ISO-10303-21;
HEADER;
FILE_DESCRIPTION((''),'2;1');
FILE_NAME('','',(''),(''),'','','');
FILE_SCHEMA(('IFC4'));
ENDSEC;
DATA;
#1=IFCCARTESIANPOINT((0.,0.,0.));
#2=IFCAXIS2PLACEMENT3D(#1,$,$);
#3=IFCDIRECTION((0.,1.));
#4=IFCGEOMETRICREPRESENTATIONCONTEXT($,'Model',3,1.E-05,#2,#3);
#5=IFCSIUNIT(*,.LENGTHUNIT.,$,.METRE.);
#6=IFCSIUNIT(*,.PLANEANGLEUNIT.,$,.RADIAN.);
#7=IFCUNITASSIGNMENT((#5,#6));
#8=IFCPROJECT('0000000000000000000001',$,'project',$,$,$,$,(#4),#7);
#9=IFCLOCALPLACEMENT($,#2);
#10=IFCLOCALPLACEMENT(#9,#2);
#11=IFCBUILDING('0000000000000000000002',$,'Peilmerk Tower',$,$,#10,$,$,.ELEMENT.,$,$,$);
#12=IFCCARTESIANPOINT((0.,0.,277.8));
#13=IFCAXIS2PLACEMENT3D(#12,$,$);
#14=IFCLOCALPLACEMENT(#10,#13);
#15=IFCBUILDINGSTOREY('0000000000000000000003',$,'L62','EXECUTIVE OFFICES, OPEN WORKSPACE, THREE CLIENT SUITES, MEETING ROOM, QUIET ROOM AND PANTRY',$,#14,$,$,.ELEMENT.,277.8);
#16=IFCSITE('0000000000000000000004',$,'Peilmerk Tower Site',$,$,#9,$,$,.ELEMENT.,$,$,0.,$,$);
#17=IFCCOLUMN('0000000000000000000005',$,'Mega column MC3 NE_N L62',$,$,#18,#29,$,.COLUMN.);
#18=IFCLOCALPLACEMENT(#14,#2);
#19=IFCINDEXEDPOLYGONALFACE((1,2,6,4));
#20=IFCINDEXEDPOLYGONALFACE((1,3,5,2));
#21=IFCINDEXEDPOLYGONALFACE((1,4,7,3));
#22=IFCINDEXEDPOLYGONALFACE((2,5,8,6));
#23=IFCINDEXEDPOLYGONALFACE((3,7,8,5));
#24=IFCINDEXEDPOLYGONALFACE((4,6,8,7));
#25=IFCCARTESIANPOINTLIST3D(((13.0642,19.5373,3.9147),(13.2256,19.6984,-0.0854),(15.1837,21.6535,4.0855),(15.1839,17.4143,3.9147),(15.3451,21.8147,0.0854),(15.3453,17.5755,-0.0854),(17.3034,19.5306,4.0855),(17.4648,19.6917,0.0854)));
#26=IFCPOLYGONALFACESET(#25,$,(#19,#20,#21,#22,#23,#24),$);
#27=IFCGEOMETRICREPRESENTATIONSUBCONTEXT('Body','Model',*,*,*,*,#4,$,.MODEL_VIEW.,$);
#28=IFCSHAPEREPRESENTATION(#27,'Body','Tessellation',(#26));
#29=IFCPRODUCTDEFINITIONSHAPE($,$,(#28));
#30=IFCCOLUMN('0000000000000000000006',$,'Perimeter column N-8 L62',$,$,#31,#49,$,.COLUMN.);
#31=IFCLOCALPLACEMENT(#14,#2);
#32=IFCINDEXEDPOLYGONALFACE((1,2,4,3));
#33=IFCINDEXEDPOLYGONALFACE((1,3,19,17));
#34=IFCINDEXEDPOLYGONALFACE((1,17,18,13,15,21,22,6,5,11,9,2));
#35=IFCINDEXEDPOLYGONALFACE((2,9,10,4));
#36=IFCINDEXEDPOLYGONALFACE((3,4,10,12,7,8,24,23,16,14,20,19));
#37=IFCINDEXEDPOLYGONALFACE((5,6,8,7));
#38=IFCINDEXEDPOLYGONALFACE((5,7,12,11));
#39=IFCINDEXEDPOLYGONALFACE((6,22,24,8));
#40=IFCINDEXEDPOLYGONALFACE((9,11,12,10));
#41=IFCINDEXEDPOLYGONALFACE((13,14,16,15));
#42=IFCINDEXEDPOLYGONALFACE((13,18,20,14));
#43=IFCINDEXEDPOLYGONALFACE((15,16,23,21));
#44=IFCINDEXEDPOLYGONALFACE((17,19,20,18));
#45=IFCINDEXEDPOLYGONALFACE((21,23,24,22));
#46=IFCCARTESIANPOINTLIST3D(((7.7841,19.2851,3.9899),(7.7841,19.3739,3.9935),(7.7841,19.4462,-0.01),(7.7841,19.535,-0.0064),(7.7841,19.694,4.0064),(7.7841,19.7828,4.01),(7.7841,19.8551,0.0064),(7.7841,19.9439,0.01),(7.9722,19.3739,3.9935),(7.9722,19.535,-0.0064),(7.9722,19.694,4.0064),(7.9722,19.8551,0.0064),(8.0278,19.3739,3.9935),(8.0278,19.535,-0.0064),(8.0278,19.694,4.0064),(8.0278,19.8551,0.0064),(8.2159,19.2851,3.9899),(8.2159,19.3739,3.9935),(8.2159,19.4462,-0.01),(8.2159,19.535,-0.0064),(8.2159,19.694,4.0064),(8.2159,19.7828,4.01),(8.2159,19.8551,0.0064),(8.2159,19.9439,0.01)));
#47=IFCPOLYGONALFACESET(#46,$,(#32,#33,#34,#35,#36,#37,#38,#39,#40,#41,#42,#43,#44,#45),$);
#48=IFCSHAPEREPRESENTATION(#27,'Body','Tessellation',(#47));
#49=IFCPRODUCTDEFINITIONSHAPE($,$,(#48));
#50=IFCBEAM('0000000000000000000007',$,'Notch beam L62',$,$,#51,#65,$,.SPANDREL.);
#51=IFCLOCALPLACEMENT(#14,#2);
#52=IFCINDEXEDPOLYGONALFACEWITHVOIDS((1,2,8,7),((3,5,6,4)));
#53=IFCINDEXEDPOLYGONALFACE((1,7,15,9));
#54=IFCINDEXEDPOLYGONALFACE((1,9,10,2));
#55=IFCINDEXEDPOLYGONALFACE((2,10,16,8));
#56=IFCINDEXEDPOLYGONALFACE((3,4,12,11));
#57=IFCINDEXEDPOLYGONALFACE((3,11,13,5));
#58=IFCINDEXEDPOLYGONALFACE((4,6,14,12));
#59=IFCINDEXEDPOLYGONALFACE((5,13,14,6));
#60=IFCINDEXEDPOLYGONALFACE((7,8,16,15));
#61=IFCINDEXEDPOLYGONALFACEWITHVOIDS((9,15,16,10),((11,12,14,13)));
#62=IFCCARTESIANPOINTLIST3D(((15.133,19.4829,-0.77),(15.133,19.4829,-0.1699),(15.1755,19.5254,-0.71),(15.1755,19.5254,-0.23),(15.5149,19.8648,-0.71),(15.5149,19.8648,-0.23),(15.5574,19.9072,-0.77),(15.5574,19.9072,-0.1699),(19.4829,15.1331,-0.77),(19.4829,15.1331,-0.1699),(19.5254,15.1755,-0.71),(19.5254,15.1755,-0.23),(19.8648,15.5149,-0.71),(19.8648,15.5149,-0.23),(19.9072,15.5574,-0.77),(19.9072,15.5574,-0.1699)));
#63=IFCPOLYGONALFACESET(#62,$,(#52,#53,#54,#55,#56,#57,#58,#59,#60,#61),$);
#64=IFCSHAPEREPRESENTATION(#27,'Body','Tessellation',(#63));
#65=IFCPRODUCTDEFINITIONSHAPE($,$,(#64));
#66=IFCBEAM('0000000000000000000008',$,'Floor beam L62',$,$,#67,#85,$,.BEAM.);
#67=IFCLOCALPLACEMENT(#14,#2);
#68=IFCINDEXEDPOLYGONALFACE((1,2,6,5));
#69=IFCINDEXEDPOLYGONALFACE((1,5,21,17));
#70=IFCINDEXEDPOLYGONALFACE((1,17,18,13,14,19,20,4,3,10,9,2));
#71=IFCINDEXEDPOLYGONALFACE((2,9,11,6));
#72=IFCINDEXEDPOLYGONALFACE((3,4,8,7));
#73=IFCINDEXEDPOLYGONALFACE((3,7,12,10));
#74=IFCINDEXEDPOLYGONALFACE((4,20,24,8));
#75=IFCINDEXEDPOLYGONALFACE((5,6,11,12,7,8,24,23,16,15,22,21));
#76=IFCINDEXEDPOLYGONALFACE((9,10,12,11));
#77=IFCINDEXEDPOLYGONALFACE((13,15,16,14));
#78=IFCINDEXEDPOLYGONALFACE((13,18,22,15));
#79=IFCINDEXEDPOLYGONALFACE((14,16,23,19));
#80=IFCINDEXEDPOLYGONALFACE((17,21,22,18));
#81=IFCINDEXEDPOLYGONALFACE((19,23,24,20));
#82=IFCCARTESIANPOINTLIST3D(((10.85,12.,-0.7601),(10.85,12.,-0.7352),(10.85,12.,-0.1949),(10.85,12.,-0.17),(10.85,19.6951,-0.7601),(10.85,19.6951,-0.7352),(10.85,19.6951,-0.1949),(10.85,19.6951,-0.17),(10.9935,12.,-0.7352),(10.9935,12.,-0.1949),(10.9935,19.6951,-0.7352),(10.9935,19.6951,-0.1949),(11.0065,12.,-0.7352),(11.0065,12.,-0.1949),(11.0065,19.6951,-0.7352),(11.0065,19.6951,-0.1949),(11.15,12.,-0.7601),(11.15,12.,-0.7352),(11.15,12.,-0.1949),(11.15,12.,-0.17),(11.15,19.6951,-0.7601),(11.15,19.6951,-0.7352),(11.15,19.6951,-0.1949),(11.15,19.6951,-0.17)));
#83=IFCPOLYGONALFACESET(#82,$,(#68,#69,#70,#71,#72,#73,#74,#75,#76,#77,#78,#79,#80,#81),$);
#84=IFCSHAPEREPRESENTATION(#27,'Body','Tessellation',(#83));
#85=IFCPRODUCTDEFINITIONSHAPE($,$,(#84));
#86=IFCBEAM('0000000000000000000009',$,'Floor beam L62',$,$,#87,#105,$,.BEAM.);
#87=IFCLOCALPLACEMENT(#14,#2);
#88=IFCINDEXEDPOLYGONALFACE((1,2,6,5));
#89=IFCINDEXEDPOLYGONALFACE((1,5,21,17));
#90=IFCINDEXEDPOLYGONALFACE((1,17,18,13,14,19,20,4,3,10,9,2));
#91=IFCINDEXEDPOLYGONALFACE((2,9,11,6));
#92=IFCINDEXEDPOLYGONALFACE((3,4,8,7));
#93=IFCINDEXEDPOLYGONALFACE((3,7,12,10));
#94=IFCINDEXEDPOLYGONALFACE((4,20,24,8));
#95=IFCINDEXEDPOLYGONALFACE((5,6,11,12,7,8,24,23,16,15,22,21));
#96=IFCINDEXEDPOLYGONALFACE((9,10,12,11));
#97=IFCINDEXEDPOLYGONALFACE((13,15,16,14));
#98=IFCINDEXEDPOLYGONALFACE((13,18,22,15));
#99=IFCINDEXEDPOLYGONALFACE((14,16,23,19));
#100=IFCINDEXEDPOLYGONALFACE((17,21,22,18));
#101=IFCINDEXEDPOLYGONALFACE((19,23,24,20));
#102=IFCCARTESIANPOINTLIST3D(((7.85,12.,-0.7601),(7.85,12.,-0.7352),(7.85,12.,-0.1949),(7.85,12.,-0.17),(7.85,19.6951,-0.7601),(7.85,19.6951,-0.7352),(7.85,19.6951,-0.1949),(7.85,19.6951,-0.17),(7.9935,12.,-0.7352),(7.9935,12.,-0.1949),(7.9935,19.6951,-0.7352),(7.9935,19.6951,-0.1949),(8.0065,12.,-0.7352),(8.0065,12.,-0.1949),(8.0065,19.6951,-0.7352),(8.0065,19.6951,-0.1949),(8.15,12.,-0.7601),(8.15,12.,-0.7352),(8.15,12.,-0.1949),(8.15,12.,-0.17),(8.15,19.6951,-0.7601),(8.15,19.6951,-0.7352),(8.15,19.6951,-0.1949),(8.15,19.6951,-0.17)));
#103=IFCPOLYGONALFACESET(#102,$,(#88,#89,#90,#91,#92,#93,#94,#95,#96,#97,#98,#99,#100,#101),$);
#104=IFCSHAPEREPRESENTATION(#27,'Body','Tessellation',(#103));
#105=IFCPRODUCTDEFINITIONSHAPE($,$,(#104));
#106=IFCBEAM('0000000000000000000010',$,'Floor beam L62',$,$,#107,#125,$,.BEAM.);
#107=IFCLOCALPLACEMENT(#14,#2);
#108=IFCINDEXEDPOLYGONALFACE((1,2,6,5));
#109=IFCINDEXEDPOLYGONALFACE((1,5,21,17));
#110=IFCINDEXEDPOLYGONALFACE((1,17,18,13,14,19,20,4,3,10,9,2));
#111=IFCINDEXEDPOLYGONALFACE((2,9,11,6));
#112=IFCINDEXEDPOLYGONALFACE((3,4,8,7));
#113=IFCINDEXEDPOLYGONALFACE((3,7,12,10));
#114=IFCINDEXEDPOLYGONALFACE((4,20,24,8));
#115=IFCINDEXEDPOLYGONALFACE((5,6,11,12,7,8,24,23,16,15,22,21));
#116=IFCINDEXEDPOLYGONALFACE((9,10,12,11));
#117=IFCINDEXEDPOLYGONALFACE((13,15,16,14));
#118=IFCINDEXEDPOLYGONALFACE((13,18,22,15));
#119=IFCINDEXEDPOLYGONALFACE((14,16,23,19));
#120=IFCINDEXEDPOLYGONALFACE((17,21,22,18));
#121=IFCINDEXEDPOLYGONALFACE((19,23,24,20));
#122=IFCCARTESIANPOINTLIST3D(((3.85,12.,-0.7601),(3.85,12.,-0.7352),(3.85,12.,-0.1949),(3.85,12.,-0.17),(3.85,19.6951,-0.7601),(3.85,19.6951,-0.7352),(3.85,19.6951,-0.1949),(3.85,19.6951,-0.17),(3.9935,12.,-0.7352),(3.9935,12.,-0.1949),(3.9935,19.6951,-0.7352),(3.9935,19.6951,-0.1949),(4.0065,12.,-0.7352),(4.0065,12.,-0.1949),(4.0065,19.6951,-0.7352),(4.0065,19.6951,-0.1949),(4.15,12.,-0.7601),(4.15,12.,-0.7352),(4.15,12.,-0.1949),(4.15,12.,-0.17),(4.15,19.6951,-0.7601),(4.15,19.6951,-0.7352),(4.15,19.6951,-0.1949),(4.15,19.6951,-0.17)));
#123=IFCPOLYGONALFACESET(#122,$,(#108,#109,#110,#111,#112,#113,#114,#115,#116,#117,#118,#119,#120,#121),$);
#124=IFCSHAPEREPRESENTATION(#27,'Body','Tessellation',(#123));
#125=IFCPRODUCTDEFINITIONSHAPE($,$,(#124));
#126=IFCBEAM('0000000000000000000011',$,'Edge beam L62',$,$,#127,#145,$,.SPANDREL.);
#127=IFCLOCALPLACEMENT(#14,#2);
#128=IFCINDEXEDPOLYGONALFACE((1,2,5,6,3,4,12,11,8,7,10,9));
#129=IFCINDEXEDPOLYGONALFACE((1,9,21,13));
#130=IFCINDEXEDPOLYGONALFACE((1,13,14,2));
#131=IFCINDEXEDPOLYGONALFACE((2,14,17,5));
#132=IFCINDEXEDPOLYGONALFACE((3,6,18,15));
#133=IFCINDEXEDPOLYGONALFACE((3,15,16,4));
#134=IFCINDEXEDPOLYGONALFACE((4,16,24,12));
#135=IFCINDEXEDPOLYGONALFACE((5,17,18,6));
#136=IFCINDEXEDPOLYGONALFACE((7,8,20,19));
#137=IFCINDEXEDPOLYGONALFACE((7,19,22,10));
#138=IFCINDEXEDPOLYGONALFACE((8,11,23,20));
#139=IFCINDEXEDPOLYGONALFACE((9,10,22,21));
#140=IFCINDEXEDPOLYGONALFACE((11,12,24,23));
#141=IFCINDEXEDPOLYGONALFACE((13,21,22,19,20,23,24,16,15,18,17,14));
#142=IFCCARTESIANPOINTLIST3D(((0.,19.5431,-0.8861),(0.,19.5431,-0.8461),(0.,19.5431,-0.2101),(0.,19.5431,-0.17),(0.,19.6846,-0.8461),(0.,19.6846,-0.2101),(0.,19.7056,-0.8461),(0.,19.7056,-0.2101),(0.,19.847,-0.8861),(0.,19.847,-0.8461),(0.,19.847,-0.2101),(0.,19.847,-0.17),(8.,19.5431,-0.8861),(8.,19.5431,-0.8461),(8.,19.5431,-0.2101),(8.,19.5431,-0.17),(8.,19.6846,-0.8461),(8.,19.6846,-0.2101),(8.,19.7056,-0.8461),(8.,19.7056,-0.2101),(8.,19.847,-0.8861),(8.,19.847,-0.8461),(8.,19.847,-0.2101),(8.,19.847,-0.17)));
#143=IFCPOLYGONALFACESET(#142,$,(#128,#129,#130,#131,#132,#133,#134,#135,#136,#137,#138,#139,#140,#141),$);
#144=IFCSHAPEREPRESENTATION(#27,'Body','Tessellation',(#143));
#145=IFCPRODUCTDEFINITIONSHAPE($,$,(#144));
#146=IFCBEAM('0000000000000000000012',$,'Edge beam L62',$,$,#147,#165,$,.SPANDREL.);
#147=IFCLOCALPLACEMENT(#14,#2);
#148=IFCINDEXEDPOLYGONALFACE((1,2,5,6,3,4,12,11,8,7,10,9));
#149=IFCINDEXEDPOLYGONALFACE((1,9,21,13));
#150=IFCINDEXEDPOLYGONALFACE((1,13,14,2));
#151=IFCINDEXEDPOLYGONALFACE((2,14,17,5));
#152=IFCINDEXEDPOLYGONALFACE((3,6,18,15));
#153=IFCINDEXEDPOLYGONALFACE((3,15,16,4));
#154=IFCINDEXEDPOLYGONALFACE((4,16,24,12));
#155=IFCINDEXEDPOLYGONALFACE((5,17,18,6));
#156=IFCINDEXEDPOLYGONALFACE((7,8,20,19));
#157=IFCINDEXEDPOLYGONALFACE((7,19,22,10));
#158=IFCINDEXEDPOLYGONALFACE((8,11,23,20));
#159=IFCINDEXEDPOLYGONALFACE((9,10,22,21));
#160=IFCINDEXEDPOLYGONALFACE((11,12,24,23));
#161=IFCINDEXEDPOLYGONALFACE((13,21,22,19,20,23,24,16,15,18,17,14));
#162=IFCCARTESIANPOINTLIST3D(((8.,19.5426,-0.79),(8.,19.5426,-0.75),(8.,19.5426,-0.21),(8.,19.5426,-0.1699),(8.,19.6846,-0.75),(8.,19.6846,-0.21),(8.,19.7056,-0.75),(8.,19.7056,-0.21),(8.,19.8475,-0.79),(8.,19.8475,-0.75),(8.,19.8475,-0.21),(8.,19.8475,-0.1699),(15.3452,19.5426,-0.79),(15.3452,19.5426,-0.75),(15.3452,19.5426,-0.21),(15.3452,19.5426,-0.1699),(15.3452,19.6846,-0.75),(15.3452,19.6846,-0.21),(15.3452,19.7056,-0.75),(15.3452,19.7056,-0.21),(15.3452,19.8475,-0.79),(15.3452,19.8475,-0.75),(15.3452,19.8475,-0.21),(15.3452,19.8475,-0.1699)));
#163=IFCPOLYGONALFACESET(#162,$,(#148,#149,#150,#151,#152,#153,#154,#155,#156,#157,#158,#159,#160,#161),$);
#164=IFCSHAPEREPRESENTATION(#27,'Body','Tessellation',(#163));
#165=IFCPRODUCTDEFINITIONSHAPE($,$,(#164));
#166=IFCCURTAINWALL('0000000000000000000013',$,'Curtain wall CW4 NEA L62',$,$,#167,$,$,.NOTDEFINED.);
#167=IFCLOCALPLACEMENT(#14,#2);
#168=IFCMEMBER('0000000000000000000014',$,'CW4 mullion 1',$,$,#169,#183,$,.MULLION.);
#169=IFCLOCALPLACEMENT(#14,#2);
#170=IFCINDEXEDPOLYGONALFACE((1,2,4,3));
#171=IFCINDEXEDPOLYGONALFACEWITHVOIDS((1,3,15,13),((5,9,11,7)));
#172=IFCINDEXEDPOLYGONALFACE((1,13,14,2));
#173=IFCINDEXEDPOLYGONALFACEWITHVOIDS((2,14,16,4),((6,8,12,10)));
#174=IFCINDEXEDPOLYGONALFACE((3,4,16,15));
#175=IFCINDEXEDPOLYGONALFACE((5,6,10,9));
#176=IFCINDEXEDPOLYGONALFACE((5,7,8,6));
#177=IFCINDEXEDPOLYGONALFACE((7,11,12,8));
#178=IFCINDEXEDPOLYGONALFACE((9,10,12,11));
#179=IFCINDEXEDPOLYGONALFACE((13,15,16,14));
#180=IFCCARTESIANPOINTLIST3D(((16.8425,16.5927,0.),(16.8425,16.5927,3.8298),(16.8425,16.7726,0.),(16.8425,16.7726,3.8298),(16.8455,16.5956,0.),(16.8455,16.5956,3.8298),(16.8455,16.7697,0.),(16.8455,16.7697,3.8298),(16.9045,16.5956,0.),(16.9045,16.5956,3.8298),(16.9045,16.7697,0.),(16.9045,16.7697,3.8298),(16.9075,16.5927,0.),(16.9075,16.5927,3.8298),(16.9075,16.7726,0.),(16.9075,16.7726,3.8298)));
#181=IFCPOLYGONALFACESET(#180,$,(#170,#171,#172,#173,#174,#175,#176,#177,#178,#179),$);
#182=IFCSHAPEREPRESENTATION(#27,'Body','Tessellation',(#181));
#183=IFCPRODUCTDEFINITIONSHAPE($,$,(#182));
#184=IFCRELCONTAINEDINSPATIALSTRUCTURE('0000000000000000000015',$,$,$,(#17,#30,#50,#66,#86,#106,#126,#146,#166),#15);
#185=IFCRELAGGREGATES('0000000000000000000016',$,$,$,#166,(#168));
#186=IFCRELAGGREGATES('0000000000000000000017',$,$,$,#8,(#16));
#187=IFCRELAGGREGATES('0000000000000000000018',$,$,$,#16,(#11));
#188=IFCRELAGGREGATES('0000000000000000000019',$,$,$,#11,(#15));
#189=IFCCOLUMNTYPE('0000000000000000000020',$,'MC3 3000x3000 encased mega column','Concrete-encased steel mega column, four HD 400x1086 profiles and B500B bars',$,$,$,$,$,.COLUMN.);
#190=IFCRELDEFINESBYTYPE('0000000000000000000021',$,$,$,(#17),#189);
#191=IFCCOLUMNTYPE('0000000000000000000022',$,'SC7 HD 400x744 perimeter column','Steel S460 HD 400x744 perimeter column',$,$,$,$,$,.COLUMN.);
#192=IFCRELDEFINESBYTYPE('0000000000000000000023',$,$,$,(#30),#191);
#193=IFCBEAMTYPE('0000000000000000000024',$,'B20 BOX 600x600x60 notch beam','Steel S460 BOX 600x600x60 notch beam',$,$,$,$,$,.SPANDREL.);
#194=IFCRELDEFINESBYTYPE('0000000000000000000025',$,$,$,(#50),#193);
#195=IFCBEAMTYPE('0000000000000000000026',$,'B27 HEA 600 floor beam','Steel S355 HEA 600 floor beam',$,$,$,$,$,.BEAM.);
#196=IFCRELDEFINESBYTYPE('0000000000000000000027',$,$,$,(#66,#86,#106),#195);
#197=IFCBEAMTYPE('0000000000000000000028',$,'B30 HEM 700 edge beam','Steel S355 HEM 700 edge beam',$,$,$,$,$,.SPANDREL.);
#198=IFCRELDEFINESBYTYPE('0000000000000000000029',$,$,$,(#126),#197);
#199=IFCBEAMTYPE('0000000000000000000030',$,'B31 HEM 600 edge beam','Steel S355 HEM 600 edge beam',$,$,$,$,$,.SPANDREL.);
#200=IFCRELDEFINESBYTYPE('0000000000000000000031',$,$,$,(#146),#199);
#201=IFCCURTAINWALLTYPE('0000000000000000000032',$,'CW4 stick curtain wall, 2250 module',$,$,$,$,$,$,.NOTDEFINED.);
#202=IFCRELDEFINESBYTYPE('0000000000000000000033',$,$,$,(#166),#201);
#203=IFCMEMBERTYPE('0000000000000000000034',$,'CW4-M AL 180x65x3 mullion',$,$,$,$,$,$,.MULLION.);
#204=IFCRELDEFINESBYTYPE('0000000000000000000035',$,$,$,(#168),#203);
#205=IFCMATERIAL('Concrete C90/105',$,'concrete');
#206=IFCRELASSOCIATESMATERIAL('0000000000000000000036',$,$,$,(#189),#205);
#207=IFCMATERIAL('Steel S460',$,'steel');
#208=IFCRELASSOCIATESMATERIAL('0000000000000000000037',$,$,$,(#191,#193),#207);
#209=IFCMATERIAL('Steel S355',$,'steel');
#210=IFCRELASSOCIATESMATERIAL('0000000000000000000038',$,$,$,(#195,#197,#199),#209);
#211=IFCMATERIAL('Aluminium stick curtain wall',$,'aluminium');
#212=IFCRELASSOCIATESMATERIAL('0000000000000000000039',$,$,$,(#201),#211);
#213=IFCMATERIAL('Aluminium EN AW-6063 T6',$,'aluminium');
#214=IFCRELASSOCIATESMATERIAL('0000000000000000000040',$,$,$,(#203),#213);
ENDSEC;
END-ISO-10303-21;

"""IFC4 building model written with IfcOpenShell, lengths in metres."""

from ifc_helpers import new_model, si_unit, direction, frame, origin, origin_2d, place, context, subcontext, project, spatial, rectangle, hollow_rectangle, i_section, extrude, material, material_profile, profile_set, type_object, element, aggregate, save


model = new_model("IFC4")

# Units and contexts
model_context = context("Model", 3, precision=1e-05, world=origin(), true_north=direction((0.0, 1.0)))
body_context = subcontext(model_context, "Body", "Model", "MODEL_VIEW")
ifc_project = project(units=[si_unit("LENGTHUNIT", "METRE"), si_unit("PLANEANGLEUNIT", "RADIAN")], contexts=[model_context])

# Site, building, storey
site_placement = place(None, origin())
site = spatial("IfcSite", under=ifc_project, at=site_placement, Name="Peilmerk Tower Site", CompositionType="ELEMENT", RefElevation=0.0)
building_placement = place(site_placement, origin())
building = spatial("IfcBuilding", under=site, at=building_placement, Name="Peilmerk Tower", CompositionType="ELEMENT")
storey_placement = place(building_placement, frame((0.0, 0.0, 277.8)))
storey = spatial("IfcBuildingStorey", under=building, at=storey_placement, Name="L62", Description="EXECUTIVE OFFICES, OPEN WORKSPACE, THREE CLIENT SUITES, MEETING ROOM, QUIET ROOM AND PANTRY", CompositionType="ELEMENT", Elevation=277.8)

# Columns
ifc_material_1 = material(Name="Concrete C90/105", Category="concrete")
ifc_material_profile_1 = material_profile(ifc_material_1, rectangle(XDim=3.0, YDim=3.0, at=origin_2d()), Name="RC 3000x3000")
ifc_profile_set_1 = profile_set([ifc_material_profile_1], Name="Concrete C90/105")
column_type_1 = type_object("IfcColumnType", Name="MC3 3000x3000 encased mega column", Description="Concrete-encased steel mega column, four HD 400x1086 profiles and B500B bars", PredefinedType="COLUMN", material=ifc_profile_set_1)
column_1_placement = place(storey_placement, frame((15.3452, 19.6951, 0.0), z_axis=(-0.040279, -0.040218, 0.998379), x_axis=(0.706571, -0.707642, 0.0)))
element("IfcColumn", 1, at=column_1_placement, inside=storey, type_object=column_type_1, Name="Mega column MC3 NE_N L62", PredefinedType="COLUMN", context=body_context, shape_type="SweptSolid", body=[
    extrude(rectangle(XDim=3.0, YDim=3.0, at=origin_2d()), origin(), (0.0, 0.0, 1.0), 4.0066),
])
ifc_material_2 = material(Name="Steel S460", Category="steel")
ifc_material_profile_2 = material_profile(ifc_material_2, i_section(OverallWidth=0.4319, OverallDepth=0.498, WebThickness=0.0557, FlangeThickness=0.0889, at=origin_2d()), Name="HD 400x744")
ifc_profile_set_2 = profile_set([ifc_material_profile_2], Name="Steel S460")
column_type_2 = type_object("IfcColumnType", Name="SC7 HD 400x744 perimeter column", Description="Steel S460 HD 400x744 perimeter column", PredefinedType="COLUMN", material=ifc_profile_set_2)
column_2_placement = place(storey_placement, frame((8.0, 19.6951, 0.0), z_axis=(0.0, -0.040251, 0.99919), x_axis=(1.0, 0.0, 0.0)))
element("IfcColumn", 2, at=column_2_placement, inside=storey, type_object=column_type_2, Name="Perimeter column N-8 L62", PredefinedType="COLUMN", context=body_context, shape_type="SweptSolid", body=[
    extrude(i_section(OverallWidth=0.4319, OverallDepth=0.498, WebThickness=0.0557, FlangeThickness=0.0889, at=origin_2d()), origin(), (0.0, 0.0, 1.0), 4.0032),
])

# Beams
ifc_material_profile_3 = material_profile(ifc_material_2, hollow_rectangle(XDim=0.6001, YDim=0.6001, WallThickness=0.0601, at=origin_2d()), Name="BOX 600x600x60")
ifc_profile_set_3 = profile_set([ifc_material_profile_3], Name="Steel S460")
beam_type_1 = type_object("IfcBeamType", Name="B20 BOX 600x600x60 notch beam", Description="Steel S460 BOX 600x600x60 notch beam", PredefinedType="SPANDREL", material=ifc_profile_set_3)
beam_1_placement = place(storey_placement, frame((15.3452, 19.6951, -0.47), z_axis=(0.707107, -0.707107, 0.0), x_axis=(0.707107, 0.707107, 0.0)))
element("IfcBeam", 3, at=beam_1_placement, inside=storey, type_object=beam_type_1, Name="Notch beam L62", PredefinedType="SPANDREL", context=body_context, shape_type="SweptSolid", body=[
    extrude(hollow_rectangle(XDim=0.6001, YDim=0.6001, WallThickness=0.0601, at=origin_2d()), origin(), (0.0, 0.0, 1.0), 6.1516),
])
ifc_material_3 = material(Name="Steel S355", Category="steel")
ifc_material_profile_4 = material_profile(ifc_material_3, i_section(OverallWidth=0.3, OverallDepth=0.5901, WebThickness=0.0129, FlangeThickness=0.0249, at=origin_2d()), Name="HEA 600")
ifc_profile_set_4 = profile_set([ifc_material_profile_4], Name="Steel S355")
beam_type_2 = type_object("IfcBeamType", Name="B27 HEA 600 floor beam", Description="Steel S355 HEA 600 floor beam", PredefinedType="BEAM", material=ifc_profile_set_4)
for number, where, z_axis, x_axis, name in (
    (4, (11.0, 12.0, -0.4651), (0.0, 1.0, 0.0), (-1.0, 0.0, 0.0), "Floor beam L62"),
    (5, (8.0, 12.0, -0.4651), (0.0, 1.0, 0.0), (-1.0, 0.0, 0.0), "Floor beam L62"),
    (6, (4.0, 12.0, -0.4651), (0.0, 1.0, 0.0), (-1.0, 0.0, 0.0), "Floor beam L62"),
):
    element("IfcBeam", number, at=place(storey_placement, frame(where, z_axis=z_axis, x_axis=x_axis)), inside=storey, type_object=beam_type_2, Name=name, PredefinedType="BEAM", context=body_context, shape_type="SweptSolid", body=[
        extrude(i_section(OverallWidth=0.3, OverallDepth=0.5901, WebThickness=0.0129, FlangeThickness=0.0249, at=origin_2d()), origin(), (0.0, 0.0, 1.0), 7.6951),
    ])
ifc_material_profile_5 = material_profile(ifc_material_3, i_section(OverallWidth=0.304, OverallDepth=0.7161, WebThickness=0.021, FlangeThickness=0.04, at=origin_2d()), Name="HEM 700")
ifc_profile_set_5 = profile_set([ifc_material_profile_5], Name="Steel S355")
beam_type_3 = type_object("IfcBeamType", Name="B30 HEM 700 edge beam", Description="Steel S355 HEM 700 edge beam", PredefinedType="SPANDREL", material=ifc_profile_set_5)
beam_2_placement = place(storey_placement, frame((8.0, 19.6951, -0.5281), z_axis=(-1.0, 0.0, 0.0), x_axis=(0.0, -1.0, 0.0)))
element("IfcBeam", 7, at=beam_2_placement, inside=storey, type_object=beam_type_3, Name="Edge beam L62", PredefinedType="SPANDREL", context=body_context, shape_type="SweptSolid", body=[
    extrude(i_section(OverallWidth=0.304, OverallDepth=0.7161, WebThickness=0.021, FlangeThickness=0.04, at=origin_2d()), origin(), (0.0, 0.0, 1.0), 8.0),
])
ifc_material_profile_6 = material_profile(ifc_material_3, i_section(OverallWidth=0.3049, OverallDepth=0.6201, WebThickness=0.021, FlangeThickness=0.04, at=origin_2d()), Name="HEM 600")
ifc_profile_set_6 = profile_set([ifc_material_profile_6], Name="Steel S355")
beam_type_4 = type_object("IfcBeamType", Name="B31 HEM 600 edge beam", Description="Steel S355 HEM 600 edge beam", PredefinedType="SPANDREL", material=ifc_profile_set_6)
beam_3_placement = place(storey_placement, frame((15.3452, 19.6951, -0.48), z_axis=(-1.0, 0.0, 0.0), x_axis=(0.0, -1.0, 0.0)))
element("IfcBeam", 8, at=beam_3_placement, inside=storey, type_object=beam_type_4, Name="Edge beam L62", PredefinedType="SPANDREL", context=body_context, shape_type="SweptSolid", body=[
    extrude(i_section(OverallWidth=0.3049, OverallDepth=0.6201, WebThickness=0.021, FlangeThickness=0.04, at=origin_2d()), origin(), (0.0, 0.0, 1.0), 7.3452),
])

# Curtain wall, member
ifc_material_4 = material(Name="Aluminium stick curtain wall", Category="aluminium")
curtain_wall_type = type_object("IfcCurtainWallType", Name="CW4 stick curtain wall, 2250 module", PredefinedType="NOTDEFINED", material=ifc_material_4)
curtain_wall_placement = place(storey_placement, origin())
curtain_wall = element("IfcCurtainWall", 9, at=curtain_wall_placement, inside=storey, type_object=curtain_wall_type, Name="Curtain wall CW4 NEA L62", PredefinedType="NOTDEFINED")
ifc_material_5 = material(Name="Aluminium EN AW-6063 T6", Category="aluminium")
ifc_material_profile_7 = material_profile(ifc_material_5, hollow_rectangle(XDim=0.0649, YDim=0.1799, WallThickness=0.0029, at=origin_2d()), Name="AL 180x65x3")
ifc_profile_set_7 = profile_set([ifc_material_profile_7], Name="Aluminium EN AW-6063 T6")
member_type_1 = type_object("IfcMemberType", Name="CW4-M AL 180x65x3 mullion", PredefinedType="MULLION", material=ifc_profile_set_7)
member_1_placement = place(storey_placement, frame((16.875, 16.6826, 0.0), z_axis=(0.0, 0.0, 1.0), x_axis=(-1.0, 0.0, 0.0)))
member_1 = element("IfcMember", 10, at=member_1_placement, type_object=member_type_1, Name="CW4 mullion 1", PredefinedType="MULLION", context=body_context, shape_type="SweptSolid", body=[
    extrude(hollow_rectangle(XDim=0.0649, YDim=0.1799, WallThickness=0.0029, at=origin_2d()), origin(), (0.0, 0.0, 1.0), 3.8298),
])
aggregate(curtain_wall, [member_1])

save(model, "model.ifc")
